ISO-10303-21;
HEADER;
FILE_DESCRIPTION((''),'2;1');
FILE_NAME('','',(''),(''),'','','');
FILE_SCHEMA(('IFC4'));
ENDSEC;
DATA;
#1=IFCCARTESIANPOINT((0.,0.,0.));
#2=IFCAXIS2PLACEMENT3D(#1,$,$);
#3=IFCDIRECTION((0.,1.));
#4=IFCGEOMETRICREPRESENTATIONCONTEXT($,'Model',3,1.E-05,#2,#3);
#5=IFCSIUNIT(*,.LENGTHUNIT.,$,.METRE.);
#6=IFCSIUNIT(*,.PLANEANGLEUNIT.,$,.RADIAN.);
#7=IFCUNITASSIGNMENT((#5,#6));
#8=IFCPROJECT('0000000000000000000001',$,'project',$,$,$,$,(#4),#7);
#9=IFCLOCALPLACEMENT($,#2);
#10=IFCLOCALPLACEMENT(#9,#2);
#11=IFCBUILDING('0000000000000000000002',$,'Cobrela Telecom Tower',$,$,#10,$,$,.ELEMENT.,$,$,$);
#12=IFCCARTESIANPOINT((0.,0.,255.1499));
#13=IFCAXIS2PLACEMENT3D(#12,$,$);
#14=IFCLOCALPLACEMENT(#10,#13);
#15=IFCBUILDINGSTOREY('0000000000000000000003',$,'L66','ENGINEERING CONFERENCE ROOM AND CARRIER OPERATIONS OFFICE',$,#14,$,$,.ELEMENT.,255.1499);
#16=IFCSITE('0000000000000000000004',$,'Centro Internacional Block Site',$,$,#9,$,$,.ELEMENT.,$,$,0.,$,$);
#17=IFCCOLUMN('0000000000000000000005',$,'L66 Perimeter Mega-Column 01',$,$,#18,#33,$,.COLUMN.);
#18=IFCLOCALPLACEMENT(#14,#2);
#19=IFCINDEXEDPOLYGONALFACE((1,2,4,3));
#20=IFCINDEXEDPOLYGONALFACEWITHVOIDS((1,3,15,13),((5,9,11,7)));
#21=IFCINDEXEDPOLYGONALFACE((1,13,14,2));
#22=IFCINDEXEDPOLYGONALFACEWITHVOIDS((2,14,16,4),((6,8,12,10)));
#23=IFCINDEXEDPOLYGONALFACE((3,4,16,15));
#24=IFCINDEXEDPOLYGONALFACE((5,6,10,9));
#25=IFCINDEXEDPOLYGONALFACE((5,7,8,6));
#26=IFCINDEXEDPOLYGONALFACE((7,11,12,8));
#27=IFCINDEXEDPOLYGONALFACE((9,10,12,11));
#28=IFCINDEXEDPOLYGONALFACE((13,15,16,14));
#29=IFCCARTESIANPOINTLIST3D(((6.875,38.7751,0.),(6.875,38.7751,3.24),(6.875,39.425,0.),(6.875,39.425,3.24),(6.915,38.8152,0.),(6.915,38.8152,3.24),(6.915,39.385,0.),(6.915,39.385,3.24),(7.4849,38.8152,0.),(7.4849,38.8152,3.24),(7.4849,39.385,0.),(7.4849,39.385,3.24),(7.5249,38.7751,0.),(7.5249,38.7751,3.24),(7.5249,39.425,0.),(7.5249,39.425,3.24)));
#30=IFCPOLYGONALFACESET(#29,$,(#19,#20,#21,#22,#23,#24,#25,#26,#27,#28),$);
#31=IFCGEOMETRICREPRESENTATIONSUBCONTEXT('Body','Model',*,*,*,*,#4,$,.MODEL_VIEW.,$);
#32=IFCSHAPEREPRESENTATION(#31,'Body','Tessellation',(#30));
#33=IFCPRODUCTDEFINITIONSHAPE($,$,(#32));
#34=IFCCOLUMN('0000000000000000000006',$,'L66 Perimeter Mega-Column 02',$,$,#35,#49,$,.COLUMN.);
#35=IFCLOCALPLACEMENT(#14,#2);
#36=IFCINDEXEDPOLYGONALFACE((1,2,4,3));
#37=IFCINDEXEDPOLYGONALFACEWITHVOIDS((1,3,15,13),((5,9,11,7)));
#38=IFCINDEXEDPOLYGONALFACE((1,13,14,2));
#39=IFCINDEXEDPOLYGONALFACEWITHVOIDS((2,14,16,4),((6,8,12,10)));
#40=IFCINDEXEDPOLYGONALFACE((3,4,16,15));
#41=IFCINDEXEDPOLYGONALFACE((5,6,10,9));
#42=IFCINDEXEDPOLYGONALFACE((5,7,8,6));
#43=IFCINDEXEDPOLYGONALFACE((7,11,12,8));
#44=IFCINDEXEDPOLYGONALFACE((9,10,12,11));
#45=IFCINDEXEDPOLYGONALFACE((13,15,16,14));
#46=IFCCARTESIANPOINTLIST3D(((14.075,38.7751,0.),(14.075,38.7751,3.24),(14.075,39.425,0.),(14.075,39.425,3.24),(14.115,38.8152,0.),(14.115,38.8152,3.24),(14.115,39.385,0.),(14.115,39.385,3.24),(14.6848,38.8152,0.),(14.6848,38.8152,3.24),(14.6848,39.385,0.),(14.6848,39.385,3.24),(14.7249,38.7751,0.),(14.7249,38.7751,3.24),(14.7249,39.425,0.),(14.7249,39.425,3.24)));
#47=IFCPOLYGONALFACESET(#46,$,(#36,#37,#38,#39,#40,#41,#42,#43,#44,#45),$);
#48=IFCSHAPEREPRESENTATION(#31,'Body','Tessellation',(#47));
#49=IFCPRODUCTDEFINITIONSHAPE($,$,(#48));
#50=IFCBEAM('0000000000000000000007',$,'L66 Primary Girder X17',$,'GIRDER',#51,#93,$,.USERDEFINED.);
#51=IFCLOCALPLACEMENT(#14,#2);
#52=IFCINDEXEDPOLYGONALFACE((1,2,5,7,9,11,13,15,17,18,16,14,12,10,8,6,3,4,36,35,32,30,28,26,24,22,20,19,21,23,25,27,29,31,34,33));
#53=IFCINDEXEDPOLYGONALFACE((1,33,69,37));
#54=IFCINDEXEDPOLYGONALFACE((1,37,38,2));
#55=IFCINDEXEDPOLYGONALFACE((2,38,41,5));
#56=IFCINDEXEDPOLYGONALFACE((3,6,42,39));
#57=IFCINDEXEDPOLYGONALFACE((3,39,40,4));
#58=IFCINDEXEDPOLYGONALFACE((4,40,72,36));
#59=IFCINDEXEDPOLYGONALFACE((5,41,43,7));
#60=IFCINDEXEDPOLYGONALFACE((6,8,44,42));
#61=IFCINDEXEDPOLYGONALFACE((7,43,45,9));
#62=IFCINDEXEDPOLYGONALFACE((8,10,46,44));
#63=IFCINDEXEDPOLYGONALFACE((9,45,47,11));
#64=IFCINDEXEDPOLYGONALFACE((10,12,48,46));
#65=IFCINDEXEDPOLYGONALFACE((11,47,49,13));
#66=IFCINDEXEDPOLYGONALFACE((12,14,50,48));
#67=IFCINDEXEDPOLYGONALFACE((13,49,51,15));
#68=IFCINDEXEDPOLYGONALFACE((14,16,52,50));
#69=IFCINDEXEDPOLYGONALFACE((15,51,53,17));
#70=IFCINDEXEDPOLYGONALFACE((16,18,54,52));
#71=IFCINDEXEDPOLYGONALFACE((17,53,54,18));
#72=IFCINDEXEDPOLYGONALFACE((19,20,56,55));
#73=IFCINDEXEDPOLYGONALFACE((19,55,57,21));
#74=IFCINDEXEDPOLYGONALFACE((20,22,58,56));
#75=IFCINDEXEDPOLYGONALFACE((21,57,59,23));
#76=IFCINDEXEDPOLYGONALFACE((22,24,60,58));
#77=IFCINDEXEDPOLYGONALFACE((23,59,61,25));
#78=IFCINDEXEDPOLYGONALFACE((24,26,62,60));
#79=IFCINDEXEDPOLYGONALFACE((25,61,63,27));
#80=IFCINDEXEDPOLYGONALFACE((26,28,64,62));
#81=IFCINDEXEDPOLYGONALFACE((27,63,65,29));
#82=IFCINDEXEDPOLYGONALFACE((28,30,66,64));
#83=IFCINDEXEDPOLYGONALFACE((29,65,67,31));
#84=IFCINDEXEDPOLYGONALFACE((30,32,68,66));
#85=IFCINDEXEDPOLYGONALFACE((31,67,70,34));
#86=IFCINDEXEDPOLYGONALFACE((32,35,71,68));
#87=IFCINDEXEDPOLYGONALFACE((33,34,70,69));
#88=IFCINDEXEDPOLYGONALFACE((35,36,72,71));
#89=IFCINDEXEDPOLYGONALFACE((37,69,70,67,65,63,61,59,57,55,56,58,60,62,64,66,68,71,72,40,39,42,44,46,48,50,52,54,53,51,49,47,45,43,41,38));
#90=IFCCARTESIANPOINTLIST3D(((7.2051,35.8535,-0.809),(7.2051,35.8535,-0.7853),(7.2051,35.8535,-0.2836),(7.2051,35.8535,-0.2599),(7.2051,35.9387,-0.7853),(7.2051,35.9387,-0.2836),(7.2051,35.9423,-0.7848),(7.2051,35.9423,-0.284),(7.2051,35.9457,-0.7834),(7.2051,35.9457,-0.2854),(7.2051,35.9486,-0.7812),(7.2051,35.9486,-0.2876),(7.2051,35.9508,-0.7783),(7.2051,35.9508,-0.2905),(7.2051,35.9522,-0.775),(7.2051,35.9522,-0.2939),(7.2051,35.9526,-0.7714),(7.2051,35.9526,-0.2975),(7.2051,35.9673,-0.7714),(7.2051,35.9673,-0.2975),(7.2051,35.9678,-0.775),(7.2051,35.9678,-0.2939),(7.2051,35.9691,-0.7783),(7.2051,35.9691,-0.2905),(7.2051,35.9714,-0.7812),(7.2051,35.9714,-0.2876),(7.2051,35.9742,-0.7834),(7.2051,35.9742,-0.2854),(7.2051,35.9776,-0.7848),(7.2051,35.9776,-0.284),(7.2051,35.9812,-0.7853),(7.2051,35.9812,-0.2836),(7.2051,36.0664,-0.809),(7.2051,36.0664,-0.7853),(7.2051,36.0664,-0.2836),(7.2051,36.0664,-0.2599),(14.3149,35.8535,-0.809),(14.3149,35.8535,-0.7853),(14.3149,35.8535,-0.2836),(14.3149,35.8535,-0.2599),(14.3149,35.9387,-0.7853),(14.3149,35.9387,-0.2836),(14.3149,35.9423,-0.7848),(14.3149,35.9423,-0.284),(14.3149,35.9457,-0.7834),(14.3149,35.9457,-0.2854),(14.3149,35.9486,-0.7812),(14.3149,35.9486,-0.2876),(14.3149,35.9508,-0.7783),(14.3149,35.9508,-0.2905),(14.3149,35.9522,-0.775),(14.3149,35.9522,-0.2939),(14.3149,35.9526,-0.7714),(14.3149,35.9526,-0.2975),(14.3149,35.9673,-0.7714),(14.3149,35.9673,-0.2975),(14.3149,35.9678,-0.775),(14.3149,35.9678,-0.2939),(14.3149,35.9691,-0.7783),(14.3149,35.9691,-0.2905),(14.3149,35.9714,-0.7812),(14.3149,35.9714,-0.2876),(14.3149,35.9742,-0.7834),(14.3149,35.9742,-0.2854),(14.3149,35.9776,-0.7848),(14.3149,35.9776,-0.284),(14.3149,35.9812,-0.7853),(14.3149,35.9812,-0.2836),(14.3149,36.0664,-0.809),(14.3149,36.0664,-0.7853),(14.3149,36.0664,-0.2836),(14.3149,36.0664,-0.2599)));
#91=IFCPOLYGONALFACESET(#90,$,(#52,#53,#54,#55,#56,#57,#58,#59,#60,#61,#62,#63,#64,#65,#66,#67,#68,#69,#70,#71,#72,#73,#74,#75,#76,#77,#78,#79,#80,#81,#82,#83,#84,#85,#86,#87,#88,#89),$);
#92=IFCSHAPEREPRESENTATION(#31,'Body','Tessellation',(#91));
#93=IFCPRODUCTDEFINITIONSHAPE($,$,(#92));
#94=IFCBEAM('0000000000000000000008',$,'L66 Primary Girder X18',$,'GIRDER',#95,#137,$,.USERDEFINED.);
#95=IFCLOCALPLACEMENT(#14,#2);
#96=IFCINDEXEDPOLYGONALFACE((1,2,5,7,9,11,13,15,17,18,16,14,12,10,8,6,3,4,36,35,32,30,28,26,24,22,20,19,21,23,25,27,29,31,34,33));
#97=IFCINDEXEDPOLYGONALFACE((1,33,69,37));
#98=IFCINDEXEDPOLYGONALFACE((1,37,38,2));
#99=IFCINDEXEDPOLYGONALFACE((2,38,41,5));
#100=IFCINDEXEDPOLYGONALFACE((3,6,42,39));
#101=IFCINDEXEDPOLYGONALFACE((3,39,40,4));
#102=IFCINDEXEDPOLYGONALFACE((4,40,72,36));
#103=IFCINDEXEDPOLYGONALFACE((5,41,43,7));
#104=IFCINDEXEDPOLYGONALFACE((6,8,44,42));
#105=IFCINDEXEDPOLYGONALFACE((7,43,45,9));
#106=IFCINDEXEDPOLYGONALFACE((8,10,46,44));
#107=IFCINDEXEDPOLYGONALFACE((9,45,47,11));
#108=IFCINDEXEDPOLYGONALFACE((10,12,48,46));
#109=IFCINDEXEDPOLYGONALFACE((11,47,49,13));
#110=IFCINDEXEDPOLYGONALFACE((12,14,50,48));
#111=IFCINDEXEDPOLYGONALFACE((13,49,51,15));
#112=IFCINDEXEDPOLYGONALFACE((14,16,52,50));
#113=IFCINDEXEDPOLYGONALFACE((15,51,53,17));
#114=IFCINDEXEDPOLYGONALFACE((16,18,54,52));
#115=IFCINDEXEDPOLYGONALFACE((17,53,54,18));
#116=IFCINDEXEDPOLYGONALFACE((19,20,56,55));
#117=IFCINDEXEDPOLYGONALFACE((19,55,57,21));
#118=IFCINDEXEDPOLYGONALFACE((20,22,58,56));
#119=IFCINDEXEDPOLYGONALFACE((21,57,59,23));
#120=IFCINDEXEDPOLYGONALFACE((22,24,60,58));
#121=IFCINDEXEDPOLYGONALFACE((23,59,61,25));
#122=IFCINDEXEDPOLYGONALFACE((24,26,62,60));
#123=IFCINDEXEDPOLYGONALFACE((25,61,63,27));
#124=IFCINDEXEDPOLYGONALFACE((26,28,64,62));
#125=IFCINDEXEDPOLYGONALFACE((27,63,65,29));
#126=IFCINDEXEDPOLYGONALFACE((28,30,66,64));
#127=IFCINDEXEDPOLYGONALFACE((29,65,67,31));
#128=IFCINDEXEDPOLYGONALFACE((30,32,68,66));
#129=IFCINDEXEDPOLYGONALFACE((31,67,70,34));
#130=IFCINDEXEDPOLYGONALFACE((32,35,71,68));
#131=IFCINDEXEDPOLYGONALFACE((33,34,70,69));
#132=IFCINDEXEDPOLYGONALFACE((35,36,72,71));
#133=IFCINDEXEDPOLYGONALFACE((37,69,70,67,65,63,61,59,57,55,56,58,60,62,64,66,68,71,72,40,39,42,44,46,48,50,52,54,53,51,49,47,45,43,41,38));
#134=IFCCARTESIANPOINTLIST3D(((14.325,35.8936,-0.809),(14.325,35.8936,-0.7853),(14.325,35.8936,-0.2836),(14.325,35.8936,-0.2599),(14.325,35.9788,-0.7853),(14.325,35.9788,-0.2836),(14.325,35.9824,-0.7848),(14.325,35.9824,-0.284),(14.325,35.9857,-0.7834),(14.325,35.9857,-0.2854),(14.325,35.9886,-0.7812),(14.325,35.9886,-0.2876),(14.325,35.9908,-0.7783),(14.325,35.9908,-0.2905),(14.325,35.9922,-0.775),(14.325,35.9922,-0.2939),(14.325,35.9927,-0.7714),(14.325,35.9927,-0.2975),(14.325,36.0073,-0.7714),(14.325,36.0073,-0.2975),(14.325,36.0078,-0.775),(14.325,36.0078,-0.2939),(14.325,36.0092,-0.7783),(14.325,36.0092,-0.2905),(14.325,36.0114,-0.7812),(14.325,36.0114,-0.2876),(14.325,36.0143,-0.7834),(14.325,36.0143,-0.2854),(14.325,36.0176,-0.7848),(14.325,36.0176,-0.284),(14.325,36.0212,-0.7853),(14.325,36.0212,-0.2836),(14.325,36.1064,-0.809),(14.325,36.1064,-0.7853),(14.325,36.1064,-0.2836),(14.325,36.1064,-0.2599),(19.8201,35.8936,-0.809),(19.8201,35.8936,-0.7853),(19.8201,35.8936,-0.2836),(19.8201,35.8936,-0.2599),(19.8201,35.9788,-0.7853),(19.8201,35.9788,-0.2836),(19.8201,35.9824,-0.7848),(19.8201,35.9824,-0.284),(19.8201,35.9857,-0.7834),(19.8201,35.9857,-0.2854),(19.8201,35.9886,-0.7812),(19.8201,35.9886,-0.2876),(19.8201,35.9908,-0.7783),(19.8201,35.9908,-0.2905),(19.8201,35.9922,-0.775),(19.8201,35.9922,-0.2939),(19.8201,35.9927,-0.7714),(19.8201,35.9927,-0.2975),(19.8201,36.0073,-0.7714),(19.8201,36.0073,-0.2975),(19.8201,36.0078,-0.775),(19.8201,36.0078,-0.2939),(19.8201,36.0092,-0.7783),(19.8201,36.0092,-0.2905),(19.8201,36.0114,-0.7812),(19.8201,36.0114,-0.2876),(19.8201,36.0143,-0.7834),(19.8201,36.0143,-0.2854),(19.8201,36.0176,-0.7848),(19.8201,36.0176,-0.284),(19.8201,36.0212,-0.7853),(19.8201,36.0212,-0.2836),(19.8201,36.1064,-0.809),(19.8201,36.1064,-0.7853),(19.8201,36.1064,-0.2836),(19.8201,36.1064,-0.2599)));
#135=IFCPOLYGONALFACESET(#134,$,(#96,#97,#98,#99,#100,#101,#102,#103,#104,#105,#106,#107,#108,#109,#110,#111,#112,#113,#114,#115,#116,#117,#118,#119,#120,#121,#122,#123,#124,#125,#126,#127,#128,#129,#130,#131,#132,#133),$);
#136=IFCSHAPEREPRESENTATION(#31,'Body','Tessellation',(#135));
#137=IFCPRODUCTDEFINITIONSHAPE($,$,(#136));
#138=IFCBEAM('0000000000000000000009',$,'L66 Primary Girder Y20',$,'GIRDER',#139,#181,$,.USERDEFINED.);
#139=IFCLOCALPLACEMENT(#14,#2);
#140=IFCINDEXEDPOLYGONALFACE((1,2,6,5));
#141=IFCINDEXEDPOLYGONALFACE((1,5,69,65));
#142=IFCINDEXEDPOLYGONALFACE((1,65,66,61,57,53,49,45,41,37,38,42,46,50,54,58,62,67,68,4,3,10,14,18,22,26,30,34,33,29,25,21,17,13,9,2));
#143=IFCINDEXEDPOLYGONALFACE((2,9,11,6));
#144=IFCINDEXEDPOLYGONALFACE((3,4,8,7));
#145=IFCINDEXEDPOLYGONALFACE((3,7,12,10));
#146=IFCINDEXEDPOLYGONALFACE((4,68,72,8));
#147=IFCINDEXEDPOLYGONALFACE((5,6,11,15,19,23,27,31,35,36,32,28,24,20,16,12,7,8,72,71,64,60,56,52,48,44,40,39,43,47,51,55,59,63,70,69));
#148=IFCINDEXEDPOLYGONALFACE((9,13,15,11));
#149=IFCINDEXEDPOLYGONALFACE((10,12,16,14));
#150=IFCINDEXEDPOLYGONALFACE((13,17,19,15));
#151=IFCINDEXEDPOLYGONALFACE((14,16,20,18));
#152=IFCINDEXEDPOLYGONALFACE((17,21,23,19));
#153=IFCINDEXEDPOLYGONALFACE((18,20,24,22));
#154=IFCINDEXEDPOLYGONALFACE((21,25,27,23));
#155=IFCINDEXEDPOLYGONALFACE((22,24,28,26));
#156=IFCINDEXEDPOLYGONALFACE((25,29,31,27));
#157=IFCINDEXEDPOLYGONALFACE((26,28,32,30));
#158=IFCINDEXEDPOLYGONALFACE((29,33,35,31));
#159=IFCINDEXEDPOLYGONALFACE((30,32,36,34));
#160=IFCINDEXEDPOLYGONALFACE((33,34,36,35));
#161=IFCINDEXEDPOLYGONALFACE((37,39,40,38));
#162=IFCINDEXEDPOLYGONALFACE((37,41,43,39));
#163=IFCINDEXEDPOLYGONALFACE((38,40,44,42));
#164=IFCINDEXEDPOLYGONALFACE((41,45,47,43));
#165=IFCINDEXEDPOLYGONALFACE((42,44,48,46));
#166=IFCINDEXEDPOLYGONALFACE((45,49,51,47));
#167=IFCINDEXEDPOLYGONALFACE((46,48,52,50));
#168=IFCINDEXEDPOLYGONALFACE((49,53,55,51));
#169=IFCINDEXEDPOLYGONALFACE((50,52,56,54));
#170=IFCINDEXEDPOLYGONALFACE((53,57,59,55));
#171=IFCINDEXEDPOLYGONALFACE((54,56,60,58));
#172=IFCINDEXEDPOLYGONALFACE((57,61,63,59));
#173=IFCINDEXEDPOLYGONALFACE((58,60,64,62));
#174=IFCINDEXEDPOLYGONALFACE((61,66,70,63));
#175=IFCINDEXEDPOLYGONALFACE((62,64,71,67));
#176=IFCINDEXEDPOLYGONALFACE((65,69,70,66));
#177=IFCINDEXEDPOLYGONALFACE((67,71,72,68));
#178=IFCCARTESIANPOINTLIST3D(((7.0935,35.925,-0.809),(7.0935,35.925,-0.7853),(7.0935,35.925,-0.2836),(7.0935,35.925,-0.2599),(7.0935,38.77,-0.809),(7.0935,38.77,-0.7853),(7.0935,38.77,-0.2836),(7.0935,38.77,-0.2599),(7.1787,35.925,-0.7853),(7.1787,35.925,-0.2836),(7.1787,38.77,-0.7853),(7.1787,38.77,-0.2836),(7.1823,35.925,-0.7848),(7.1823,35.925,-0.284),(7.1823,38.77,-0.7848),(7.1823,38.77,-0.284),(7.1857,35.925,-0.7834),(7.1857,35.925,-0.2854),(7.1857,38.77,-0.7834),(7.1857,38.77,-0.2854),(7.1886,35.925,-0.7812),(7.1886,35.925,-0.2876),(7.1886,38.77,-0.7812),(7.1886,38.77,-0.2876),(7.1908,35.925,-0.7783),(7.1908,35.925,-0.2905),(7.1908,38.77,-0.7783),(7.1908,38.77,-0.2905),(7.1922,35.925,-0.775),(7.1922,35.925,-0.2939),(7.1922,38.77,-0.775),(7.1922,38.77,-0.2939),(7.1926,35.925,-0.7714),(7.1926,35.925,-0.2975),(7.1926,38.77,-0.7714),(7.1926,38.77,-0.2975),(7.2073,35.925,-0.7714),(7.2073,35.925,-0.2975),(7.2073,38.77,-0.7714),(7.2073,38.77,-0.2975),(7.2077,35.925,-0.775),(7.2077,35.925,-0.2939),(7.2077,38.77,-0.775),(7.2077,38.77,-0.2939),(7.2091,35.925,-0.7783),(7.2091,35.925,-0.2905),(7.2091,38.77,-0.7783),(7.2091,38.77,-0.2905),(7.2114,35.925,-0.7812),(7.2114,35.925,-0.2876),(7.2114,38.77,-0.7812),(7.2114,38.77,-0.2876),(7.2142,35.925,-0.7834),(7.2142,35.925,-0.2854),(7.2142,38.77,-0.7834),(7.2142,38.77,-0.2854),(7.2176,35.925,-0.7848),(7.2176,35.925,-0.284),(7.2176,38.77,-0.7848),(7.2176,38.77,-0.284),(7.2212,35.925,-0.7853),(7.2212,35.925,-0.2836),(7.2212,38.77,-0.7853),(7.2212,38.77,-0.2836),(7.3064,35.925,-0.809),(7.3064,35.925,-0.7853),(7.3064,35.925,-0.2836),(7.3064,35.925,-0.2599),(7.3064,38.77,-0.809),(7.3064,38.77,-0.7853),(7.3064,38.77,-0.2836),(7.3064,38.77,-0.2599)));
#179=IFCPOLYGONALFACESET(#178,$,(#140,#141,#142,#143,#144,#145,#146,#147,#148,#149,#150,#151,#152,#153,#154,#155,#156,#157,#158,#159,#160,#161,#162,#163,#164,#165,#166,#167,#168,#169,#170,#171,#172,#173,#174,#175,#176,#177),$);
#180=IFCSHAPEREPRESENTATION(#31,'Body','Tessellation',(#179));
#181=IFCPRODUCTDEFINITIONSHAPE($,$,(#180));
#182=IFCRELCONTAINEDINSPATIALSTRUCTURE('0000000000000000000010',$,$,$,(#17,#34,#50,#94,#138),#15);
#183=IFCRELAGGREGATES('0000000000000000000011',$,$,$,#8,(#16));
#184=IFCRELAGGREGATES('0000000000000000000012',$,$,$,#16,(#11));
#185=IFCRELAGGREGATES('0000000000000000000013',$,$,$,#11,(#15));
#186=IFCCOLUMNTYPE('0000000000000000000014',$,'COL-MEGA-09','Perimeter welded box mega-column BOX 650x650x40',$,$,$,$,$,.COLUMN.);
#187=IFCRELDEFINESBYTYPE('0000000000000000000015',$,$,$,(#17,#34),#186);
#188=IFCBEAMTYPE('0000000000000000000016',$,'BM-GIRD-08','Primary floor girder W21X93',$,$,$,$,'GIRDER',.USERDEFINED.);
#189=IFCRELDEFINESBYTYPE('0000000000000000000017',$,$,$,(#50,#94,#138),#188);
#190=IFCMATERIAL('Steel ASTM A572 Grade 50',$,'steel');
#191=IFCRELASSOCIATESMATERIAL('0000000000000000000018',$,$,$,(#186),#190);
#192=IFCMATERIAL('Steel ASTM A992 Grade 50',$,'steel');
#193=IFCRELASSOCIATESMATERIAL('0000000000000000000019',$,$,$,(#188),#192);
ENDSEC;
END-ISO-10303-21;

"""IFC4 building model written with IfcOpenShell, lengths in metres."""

from ifc_helpers import new_model, si_unit, direction, frame, origin, origin_2d, place, context, subcontext, project, spatial, hollow_rectangle, i_section, extrude, material, material_profile, profile_set, type_object, element, save


model = new_model("IFC4")

# Units and contexts
model_context = context("Model", 3, precision=1e-05, world=origin(), true_north=direction((0.0, 1.0)))
body_context = subcontext(model_context, "Body", "Model", "MODEL_VIEW")
ifc_project = project(units=[si_unit("LENGTHUNIT", "METRE"), si_unit("PLANEANGLEUNIT", "RADIAN")], contexts=[model_context])

# Site, building, storey
site_placement = place(None, origin())
site = spatial("IfcSite", under=ifc_project, at=site_placement, Name="Centro Internacional Block Site", CompositionType="ELEMENT", RefElevation=0.0)
building_placement = place(site_placement, origin())
building = spatial("IfcBuilding", under=site, at=building_placement, Name="Cobrela Telecom Tower", CompositionType="ELEMENT")
storey_placement = place(building_placement, frame((0.0, 0.0, 255.1499)))
storey = spatial("IfcBuildingStorey", under=building, at=storey_placement, Name="L66", Description="ENGINEERING CONFERENCE ROOM AND CARRIER OPERATIONS OFFICE", CompositionType="ELEMENT", Elevation=255.1499)

# Columns
ifc_material_1 = material(Name="Steel ASTM A572 Grade 50", Category="steel")
ifc_material_profile_1 = material_profile(ifc_material_1, hollow_rectangle(XDim=0.6499, YDim=0.6499, WallThickness=0.04, at=origin_2d()), Name="BOX 650x650x40")
ifc_profile_set_1 = profile_set([ifc_material_profile_1], Name="Steel ASTM A572 Grade 50")
column_type = type_object("IfcColumnType", Name="COL-MEGA-09", Description="Perimeter welded box mega-column BOX 650x650x40", PredefinedType="COLUMN", material=ifc_profile_set_1)
for number, where, z_axis, x_axis, name in (
    (1, (7.2, 39.1001, 0.0), (0.0, 0.0, 1.0), (1.0, 0.0, 0.0), "L66 Perimeter Mega-Column 01"),
    (2, (14.3999, 39.1001, 0.0), (0.0, 0.0, 1.0), (1.0, 0.0, 0.0), "L66 Perimeter Mega-Column 02"),
):
    element("IfcColumn", number, at=place(storey_placement, frame(where, z_axis=z_axis, x_axis=x_axis)), inside=storey, type_object=column_type, Name=name, PredefinedType="COLUMN", context=body_context, shape_type="SweptSolid", body=[
        extrude(hollow_rectangle(XDim=0.6499, YDim=0.6499, WallThickness=0.04, at=origin_2d()), origin(), (0.0, 0.0, 1.0), 3.24),
    ])

# Beams
ifc_material_2 = material(Name="Steel ASTM A992 Grade 50", Category="steel")
ifc_material_profile_2 = material_profile(ifc_material_2, i_section(OverallWidth=0.2129, OverallDepth=0.5491, WebThickness=0.0146, FlangeThickness=0.0237, FilletRadius=0.0139, at=origin_2d()), Name="W21X93")
ifc_profile_set_2 = profile_set([ifc_material_profile_2], Name="Steel ASTM A992 Grade 50")
beam_type_1 = type_object("IfcBeamType", Name="BM-GIRD-08", Description="Primary floor girder W21X93", ElementType="GIRDER", PredefinedType="USERDEFINED", material=ifc_profile_set_2)
beam_1_placement = place(storey_placement, frame((7.2051, 35.96, -0.5344), z_axis=(1.0, 0.0, 0.0), x_axis=(0.0, 1.0, 0.0)))
element("IfcBeam", 3, at=beam_1_placement, inside=storey, type_object=beam_type_1, Name="L66 Primary Girder X17", ObjectType="GIRDER", PredefinedType="USERDEFINED", context=body_context, shape_type="SweptSolid", body=[
    extrude(i_section(OverallWidth=0.2129, OverallDepth=0.5491, WebThickness=0.0146, FlangeThickness=0.0237, FilletRadius=0.0139, at=origin_2d()), origin(), (0.0, 0.0, 1.0), 7.1099),
])
beam_2_placement = place(storey_placement, frame((14.325, 36.0, -0.5344), z_axis=(1.0, 0.0, 0.0), x_axis=(0.0, 1.0, 0.0)))
element("IfcBeam", 4, at=beam_2_placement, inside=storey, type_object=beam_type_1, Name="L66 Primary Girder X18", ObjectType="GIRDER", PredefinedType="USERDEFINED", context=body_context, shape_type="SweptSolid", body=[
    extrude(i_section(OverallWidth=0.2129, OverallDepth=0.5491, WebThickness=0.0146, FlangeThickness=0.0237, FilletRadius=0.0139, at=origin_2d()), origin(), (0.0, 0.0, 1.0), 5.4951),
])
for number, where, z_axis, x_axis, name in (
    (5, (7.2, 35.925, -0.5344), (0.0, 1.0, 0.0), (-1.0, 0.0, 0.0), "L66 Primary Girder Y20"),
):
    element("IfcBeam", number, at=place(storey_placement, frame(where, z_axis=z_axis, x_axis=x_axis)), inside=storey, type_object=beam_type_1, Name=name, ObjectType="GIRDER", PredefinedType="USERDEFINED", context=body_context, shape_type="SweptSolid", body=[
        extrude(i_section(OverallWidth=0.2129, OverallDepth=0.5491, WebThickness=0.0146, FlangeThickness=0.0237, FilletRadius=0.0139, at=origin_2d()), origin(), (0.0, 0.0, 1.0), 2.845),
    ])

save(model, "model.ifc")
